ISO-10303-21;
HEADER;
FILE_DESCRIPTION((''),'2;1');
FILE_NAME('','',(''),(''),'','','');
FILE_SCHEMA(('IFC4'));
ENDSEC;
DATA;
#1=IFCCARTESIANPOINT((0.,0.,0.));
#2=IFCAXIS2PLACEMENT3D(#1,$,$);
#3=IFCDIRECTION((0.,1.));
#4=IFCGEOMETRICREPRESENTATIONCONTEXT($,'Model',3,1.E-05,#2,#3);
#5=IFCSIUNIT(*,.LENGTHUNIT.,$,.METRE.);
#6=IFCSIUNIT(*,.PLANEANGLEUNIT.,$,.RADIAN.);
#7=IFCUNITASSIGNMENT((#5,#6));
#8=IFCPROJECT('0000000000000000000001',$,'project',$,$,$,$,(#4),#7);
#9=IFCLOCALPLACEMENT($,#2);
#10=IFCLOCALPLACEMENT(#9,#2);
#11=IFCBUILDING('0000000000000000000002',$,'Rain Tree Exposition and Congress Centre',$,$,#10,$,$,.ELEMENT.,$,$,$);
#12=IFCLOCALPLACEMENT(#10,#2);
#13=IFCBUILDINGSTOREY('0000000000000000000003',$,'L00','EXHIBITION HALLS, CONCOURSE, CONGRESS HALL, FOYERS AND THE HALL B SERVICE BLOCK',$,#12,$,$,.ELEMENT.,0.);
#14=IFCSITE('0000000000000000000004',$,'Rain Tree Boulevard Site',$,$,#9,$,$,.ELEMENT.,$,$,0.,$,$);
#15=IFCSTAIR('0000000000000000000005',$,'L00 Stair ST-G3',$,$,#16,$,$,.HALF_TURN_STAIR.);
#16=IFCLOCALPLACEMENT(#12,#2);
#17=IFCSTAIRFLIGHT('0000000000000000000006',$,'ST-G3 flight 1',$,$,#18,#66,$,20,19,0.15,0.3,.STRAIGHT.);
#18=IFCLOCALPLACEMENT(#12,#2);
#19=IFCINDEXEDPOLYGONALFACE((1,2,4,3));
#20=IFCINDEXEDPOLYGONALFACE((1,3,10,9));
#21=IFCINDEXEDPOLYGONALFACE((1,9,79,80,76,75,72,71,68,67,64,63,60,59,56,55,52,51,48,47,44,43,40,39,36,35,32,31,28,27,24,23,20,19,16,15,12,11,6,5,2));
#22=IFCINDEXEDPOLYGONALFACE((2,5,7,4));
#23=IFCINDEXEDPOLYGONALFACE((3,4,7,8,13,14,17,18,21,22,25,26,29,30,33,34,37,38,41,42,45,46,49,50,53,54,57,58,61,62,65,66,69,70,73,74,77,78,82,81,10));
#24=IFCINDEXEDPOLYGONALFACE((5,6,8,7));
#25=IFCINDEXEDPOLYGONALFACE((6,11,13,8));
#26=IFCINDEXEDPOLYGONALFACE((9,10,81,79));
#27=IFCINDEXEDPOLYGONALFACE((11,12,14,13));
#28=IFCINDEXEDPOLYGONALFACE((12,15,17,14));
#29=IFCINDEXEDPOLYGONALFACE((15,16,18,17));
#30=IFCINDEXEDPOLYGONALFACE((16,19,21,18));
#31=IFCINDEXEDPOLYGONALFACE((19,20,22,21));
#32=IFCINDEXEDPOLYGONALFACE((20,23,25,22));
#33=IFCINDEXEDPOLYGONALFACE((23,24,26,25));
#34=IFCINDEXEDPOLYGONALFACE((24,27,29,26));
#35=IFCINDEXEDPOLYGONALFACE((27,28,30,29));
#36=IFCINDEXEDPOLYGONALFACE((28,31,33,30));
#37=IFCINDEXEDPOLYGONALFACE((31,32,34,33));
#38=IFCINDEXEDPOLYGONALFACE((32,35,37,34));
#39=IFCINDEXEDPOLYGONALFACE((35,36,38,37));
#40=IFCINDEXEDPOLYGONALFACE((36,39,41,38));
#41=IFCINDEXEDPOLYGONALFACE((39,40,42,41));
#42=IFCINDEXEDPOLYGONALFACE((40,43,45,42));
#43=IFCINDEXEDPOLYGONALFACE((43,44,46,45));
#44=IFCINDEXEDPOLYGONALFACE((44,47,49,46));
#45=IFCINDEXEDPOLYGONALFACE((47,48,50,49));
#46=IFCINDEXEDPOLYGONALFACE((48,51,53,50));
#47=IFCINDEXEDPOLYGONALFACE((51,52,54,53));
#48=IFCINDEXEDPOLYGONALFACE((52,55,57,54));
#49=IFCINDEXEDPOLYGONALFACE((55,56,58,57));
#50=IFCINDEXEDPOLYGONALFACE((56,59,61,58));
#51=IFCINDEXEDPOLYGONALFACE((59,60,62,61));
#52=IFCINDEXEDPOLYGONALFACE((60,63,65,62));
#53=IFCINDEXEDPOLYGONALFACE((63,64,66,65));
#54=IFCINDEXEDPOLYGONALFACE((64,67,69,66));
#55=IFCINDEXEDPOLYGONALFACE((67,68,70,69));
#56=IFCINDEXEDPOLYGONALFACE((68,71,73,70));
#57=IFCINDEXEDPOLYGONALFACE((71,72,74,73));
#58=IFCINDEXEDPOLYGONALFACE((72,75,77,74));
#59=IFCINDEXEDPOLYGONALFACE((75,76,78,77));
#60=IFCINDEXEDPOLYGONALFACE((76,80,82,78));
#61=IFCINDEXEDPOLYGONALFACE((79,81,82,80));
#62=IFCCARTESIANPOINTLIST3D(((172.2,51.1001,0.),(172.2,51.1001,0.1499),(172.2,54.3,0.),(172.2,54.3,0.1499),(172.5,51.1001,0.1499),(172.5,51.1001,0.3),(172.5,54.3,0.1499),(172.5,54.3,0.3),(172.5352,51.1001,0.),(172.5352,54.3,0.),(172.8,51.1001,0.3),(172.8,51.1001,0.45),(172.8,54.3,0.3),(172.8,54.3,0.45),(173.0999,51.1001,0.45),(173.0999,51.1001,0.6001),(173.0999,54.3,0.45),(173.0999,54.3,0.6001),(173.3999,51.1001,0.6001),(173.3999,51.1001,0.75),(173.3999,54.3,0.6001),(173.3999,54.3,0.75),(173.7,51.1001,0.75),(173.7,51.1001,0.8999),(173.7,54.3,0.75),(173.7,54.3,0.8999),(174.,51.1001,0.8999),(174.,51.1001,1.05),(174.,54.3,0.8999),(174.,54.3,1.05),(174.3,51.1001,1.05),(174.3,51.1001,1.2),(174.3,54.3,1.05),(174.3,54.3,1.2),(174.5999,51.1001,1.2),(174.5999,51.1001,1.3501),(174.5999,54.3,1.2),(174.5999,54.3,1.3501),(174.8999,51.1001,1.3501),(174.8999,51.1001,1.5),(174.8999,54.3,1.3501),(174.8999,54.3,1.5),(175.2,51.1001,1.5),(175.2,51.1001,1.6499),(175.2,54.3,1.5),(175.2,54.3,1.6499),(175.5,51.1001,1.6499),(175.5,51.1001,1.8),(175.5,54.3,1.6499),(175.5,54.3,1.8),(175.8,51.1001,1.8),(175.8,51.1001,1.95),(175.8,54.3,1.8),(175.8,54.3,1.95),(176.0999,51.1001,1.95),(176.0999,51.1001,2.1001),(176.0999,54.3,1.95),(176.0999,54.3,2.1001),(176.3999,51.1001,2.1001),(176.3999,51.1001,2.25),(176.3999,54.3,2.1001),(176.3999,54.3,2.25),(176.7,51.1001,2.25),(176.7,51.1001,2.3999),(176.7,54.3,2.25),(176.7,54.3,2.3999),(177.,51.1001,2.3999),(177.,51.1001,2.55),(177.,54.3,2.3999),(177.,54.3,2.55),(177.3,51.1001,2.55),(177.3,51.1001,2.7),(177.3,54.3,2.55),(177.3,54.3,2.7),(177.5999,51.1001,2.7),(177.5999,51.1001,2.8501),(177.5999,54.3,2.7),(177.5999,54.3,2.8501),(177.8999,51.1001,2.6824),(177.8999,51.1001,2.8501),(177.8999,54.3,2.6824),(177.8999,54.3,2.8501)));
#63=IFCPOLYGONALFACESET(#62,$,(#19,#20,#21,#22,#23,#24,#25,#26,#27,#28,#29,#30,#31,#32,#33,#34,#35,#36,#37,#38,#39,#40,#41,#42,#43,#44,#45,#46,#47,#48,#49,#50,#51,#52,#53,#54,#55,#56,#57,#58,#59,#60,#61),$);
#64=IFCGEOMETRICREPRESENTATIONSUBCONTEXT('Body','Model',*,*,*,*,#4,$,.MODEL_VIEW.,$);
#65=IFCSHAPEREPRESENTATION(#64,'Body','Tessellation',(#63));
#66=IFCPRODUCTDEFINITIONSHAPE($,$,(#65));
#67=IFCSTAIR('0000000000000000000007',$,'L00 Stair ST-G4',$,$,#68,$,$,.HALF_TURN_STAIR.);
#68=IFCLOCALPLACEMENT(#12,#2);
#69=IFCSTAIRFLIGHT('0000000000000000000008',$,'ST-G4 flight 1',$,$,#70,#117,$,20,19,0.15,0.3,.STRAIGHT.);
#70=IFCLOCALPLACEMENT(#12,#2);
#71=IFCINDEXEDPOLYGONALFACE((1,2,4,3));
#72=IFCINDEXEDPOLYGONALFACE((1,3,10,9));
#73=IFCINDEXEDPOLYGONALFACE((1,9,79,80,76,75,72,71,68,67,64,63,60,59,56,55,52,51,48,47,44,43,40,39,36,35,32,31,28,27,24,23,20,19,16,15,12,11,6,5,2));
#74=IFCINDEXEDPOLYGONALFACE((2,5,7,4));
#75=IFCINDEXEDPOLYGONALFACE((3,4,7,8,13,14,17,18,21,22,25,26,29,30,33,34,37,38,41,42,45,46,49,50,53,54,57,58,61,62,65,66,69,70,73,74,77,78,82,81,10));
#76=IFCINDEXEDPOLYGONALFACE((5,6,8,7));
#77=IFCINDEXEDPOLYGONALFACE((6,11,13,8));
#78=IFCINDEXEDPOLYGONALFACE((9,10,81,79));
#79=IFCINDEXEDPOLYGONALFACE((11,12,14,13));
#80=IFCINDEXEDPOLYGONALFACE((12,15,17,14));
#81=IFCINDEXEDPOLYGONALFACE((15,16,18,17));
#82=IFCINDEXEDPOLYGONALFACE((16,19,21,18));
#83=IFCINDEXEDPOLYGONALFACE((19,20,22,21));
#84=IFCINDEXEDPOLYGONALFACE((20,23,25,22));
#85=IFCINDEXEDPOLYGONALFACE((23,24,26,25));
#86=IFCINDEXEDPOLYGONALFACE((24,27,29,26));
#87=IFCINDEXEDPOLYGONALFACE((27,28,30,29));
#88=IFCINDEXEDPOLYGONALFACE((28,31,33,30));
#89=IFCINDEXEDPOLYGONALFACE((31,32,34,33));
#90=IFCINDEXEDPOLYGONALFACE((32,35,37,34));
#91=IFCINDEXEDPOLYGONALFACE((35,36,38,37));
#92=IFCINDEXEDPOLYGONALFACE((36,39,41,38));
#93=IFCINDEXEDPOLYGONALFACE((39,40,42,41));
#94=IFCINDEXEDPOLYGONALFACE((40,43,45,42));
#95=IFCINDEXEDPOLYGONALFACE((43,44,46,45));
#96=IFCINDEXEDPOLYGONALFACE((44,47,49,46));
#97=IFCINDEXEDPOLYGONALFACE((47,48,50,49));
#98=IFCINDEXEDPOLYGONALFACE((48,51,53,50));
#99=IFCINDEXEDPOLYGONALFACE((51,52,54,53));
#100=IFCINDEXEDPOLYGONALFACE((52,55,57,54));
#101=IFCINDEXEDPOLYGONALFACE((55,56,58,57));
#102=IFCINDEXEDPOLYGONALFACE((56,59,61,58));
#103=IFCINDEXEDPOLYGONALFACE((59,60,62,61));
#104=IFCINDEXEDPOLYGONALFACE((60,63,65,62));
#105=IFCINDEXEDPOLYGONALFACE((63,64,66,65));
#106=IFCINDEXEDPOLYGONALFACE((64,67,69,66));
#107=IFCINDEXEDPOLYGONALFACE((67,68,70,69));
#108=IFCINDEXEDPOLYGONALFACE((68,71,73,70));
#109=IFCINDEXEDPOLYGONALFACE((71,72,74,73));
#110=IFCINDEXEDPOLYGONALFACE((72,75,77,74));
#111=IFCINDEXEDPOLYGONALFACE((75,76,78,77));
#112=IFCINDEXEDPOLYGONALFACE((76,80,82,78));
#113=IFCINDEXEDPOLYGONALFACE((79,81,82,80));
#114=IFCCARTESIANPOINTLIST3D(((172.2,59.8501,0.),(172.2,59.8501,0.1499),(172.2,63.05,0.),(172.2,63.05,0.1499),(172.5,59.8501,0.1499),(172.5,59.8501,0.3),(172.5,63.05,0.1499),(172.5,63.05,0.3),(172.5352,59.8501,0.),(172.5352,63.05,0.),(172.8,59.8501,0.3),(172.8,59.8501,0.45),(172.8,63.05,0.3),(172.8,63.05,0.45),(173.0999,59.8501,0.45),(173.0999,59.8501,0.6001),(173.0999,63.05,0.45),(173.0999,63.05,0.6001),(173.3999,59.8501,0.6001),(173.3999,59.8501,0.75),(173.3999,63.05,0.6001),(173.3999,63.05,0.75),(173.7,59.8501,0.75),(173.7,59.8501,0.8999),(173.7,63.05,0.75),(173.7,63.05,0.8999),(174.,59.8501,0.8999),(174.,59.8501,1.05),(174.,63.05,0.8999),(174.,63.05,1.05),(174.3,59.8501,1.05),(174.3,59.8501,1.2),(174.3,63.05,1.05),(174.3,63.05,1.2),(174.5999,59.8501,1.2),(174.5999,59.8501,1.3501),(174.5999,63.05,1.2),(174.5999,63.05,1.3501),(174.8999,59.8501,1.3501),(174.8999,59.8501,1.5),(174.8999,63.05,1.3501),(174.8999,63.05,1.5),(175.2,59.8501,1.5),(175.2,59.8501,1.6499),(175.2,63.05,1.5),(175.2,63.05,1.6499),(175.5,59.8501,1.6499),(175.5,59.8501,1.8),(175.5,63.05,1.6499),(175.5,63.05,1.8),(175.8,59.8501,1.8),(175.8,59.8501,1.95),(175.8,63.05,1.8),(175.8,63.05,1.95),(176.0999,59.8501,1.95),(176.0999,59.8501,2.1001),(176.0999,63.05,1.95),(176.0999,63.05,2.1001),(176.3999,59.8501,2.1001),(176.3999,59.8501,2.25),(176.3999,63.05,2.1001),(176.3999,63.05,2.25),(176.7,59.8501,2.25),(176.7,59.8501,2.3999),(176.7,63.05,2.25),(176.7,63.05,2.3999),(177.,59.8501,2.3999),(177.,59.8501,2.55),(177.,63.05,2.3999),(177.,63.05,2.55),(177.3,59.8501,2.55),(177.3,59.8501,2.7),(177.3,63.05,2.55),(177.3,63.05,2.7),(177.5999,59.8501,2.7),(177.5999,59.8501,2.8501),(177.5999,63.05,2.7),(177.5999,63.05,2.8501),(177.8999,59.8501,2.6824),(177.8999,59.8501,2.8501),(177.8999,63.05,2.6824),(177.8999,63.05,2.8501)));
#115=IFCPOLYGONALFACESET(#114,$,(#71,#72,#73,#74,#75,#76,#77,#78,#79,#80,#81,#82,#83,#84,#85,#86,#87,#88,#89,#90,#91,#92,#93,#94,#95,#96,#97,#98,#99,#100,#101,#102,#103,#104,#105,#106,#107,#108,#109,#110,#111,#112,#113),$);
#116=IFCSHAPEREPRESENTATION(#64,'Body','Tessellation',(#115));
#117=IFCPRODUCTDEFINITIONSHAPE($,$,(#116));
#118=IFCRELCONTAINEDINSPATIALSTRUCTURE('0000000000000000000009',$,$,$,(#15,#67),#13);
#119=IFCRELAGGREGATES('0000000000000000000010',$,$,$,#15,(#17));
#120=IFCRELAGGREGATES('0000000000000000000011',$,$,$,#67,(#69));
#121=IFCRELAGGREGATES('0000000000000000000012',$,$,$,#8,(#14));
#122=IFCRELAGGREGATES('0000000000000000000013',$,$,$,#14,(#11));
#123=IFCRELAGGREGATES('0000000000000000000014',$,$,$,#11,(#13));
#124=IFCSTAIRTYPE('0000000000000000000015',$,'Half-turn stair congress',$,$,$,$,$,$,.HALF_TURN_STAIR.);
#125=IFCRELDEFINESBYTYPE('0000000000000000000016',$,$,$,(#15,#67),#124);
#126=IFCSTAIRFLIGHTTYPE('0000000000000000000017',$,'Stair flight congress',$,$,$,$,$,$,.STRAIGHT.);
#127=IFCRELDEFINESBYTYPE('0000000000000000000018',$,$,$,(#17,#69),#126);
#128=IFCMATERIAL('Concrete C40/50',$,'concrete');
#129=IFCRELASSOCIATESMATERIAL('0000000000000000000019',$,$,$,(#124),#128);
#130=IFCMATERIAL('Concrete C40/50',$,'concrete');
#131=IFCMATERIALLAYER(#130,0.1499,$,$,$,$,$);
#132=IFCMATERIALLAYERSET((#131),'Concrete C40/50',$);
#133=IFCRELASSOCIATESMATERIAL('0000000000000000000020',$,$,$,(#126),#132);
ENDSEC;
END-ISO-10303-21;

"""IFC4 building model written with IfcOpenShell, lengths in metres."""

from ifc_helpers import new_model, si_unit, direction, frame, origin, place, context, subcontext, project, spatial, polyline, outline, extrude, material, layer, layer_set, type_object, element, aggregate, save


model = new_model("IFC4")

# Units and contexts
model_context = context("Model", 3, precision=1e-05, world=origin(), true_north=direction((0.0, 1.0)))
body_context = subcontext(model_context, "Body", "Model", "MODEL_VIEW")
ifc_project = project(units=[si_unit("LENGTHUNIT", "METRE"), si_unit("PLANEANGLEUNIT", "RADIAN")], contexts=[model_context])

# Site, building, storey
site_placement = place(None, origin())
site = spatial("IfcSite", under=ifc_project, at=site_placement, Name="Rain Tree Boulevard Site", CompositionType="ELEMENT", RefElevation=0.0)
building_placement = place(site_placement, origin())
building = spatial("IfcBuilding", under=site, at=building_placement, Name="Rain Tree Exposition and Congress Centre", CompositionType="ELEMENT")
storey_placement = place(building_placement, origin())
storey = spatial("IfcBuildingStorey", under=building, at=storey_placement, Name="L00", Description="EXHIBITION HALLS, CONCOURSE, CONGRESS HALL, FOYERS AND THE HALL B SERVICE BLOCK", CompositionType="ELEMENT", Elevation=0.0)

# Stairs, stair flights
ifc_material_1 = material(Name="Concrete C40/50", Category="concrete")
stair_type = type_object("IfcStairType", Name="Half-turn stair congress", PredefinedType="HALF_TURN_STAIR", material=ifc_material_1)
stair_1_placement = place(storey_placement, origin())
stair_1 = element("IfcStair", 1, at=stair_1_placement, inside=storey, type_object=stair_type, Name="L00 Stair ST-G3", PredefinedType="HALF_TURN_STAIR")
ifc_material_2 = material(Name="Concrete C40/50", Category="concrete")
ifc_layer_1 = layer(ifc_material_2, 0.1499)
ifc_layer_set_1 = layer_set([ifc_layer_1], Name="Concrete C40/50")
stair_flight_type = type_object("IfcStairFlightType", Name="Stair flight congress", PredefinedType="STRAIGHT", material=ifc_layer_set_1)
stair_flight_1_placement = place(storey_placement, frame((172.2, 52.7, 0.0), z_axis=(0.0, 0.0, 1.0), x_axis=(1.0, 0.0, 0.0)))
stair_flight_1 = element("IfcStairFlight", 2, at=stair_flight_1_placement, type_object=stair_flight_type, Name="ST-G3 flight 1", NumberOfRisers=20, NumberOfTreads=19, PredefinedType="STRAIGHT", RiserHeight=0.15, TreadLength=0.3, context=body_context, shape_type="SweptSolid", body=[
    extrude(outline(polyline([(0.0, 0.0), (0.0, 0.1499), (0.3, 0.1499), (0.3, 0.3), (0.6001, 0.3), (0.6001, 0.45), (0.8999, 0.45), (0.8999, 0.6001), (1.2, 0.6001), (1.2, 0.75), (1.5, 0.75), (1.5, 0.8999), (1.8, 0.8999), (1.8, 1.05), (2.1001, 1.05), (2.1001, 1.2), (2.3999, 1.2), (2.3999, 1.3501), (2.7, 1.3501), (2.7, 1.5), (3.0, 1.5), (3.0, 1.6499), (3.3, 1.6499), (3.3, 1.8), (3.6001, 1.8), (3.6001, 1.95), (3.8999, 1.95), (3.8999, 2.1001), (4.2, 2.1001), (4.2, 2.25), (4.5, 2.25), (4.5, 2.3999), (4.8, 2.3999), (4.8, 2.55), (5.1001, 2.55), (5.1001, 2.7), (5.3999, 2.7), (5.3999, 2.8501), (5.7, 2.8501), (5.7, 3.0), (5.7, 2.6824), (0.3352, 0.0), (0.0, 0.0)])), frame((0.0, 1.6001, 0.0), z_axis=(0.0, -1.0, 0.0), x_axis=(1.0, 0.0, 0.0)), (0.0, 0.0, 1.0), 3.2),
])
aggregate(stair_1, [stair_flight_1])
stair_2_placement = place(storey_placement, origin())
stair_2 = element("IfcStair", 3, at=stair_2_placement, inside=storey, type_object=stair_type, Name="L00 Stair ST-G4", PredefinedType="HALF_TURN_STAIR")
stair_flight_2_placement = place(storey_placement, frame((172.2, 61.45, 0.0), z_axis=(0.0, 0.0, 1.0), x_axis=(1.0, 0.0, 0.0)))
stair_flight_2 = element("IfcStairFlight", 4, at=stair_flight_2_placement, type_object=stair_flight_type, Name="ST-G4 flight 1", NumberOfRisers=20, NumberOfTreads=19, PredefinedType="STRAIGHT", RiserHeight=0.15, TreadLength=0.3, context=body_context, shape_type="SweptSolid", body=[
    extrude(outline(polyline([(0.0, 0.0), (0.0, 0.1499), (0.3, 0.1499), (0.3, 0.3), (0.6001, 0.3), (0.6001, 0.45), (0.8999, 0.45), (0.8999, 0.6001), (1.2, 0.6001), (1.2, 0.75), (1.5, 0.75), (1.5, 0.8999), (1.8, 0.8999), (1.8, 1.05), (2.1001, 1.05), (2.1001, 1.2), (2.3999, 1.2), (2.3999, 1.3501), (2.7, 1.3501), (2.7, 1.5), (3.0, 1.5), (3.0, 1.6499), (3.3, 1.6499), (3.3, 1.8), (3.6001, 1.8), (3.6001, 1.95), (3.8999, 1.95), (3.8999, 2.1001), (4.2, 2.1001), (4.2, 2.25), (4.5, 2.25), (4.5, 2.3999), (4.8, 2.3999), (4.8, 2.55), (5.1001, 2.55), (5.1001, 2.7), (5.3999, 2.7), (5.3999, 2.8501), (5.7, 2.8501), (5.7, 3.0), (5.7, 2.6824), (0.3352, 0.0), (0.0, 0.0)])), frame((0.0, 1.6001, 0.0), z_axis=(0.0, -1.0, 0.0), x_axis=(1.0, 0.0, 0.0)), (0.0, 0.0, 1.0), 3.2),
])
aggregate(stair_2, [stair_flight_2])

save(model, "model.ifc")
